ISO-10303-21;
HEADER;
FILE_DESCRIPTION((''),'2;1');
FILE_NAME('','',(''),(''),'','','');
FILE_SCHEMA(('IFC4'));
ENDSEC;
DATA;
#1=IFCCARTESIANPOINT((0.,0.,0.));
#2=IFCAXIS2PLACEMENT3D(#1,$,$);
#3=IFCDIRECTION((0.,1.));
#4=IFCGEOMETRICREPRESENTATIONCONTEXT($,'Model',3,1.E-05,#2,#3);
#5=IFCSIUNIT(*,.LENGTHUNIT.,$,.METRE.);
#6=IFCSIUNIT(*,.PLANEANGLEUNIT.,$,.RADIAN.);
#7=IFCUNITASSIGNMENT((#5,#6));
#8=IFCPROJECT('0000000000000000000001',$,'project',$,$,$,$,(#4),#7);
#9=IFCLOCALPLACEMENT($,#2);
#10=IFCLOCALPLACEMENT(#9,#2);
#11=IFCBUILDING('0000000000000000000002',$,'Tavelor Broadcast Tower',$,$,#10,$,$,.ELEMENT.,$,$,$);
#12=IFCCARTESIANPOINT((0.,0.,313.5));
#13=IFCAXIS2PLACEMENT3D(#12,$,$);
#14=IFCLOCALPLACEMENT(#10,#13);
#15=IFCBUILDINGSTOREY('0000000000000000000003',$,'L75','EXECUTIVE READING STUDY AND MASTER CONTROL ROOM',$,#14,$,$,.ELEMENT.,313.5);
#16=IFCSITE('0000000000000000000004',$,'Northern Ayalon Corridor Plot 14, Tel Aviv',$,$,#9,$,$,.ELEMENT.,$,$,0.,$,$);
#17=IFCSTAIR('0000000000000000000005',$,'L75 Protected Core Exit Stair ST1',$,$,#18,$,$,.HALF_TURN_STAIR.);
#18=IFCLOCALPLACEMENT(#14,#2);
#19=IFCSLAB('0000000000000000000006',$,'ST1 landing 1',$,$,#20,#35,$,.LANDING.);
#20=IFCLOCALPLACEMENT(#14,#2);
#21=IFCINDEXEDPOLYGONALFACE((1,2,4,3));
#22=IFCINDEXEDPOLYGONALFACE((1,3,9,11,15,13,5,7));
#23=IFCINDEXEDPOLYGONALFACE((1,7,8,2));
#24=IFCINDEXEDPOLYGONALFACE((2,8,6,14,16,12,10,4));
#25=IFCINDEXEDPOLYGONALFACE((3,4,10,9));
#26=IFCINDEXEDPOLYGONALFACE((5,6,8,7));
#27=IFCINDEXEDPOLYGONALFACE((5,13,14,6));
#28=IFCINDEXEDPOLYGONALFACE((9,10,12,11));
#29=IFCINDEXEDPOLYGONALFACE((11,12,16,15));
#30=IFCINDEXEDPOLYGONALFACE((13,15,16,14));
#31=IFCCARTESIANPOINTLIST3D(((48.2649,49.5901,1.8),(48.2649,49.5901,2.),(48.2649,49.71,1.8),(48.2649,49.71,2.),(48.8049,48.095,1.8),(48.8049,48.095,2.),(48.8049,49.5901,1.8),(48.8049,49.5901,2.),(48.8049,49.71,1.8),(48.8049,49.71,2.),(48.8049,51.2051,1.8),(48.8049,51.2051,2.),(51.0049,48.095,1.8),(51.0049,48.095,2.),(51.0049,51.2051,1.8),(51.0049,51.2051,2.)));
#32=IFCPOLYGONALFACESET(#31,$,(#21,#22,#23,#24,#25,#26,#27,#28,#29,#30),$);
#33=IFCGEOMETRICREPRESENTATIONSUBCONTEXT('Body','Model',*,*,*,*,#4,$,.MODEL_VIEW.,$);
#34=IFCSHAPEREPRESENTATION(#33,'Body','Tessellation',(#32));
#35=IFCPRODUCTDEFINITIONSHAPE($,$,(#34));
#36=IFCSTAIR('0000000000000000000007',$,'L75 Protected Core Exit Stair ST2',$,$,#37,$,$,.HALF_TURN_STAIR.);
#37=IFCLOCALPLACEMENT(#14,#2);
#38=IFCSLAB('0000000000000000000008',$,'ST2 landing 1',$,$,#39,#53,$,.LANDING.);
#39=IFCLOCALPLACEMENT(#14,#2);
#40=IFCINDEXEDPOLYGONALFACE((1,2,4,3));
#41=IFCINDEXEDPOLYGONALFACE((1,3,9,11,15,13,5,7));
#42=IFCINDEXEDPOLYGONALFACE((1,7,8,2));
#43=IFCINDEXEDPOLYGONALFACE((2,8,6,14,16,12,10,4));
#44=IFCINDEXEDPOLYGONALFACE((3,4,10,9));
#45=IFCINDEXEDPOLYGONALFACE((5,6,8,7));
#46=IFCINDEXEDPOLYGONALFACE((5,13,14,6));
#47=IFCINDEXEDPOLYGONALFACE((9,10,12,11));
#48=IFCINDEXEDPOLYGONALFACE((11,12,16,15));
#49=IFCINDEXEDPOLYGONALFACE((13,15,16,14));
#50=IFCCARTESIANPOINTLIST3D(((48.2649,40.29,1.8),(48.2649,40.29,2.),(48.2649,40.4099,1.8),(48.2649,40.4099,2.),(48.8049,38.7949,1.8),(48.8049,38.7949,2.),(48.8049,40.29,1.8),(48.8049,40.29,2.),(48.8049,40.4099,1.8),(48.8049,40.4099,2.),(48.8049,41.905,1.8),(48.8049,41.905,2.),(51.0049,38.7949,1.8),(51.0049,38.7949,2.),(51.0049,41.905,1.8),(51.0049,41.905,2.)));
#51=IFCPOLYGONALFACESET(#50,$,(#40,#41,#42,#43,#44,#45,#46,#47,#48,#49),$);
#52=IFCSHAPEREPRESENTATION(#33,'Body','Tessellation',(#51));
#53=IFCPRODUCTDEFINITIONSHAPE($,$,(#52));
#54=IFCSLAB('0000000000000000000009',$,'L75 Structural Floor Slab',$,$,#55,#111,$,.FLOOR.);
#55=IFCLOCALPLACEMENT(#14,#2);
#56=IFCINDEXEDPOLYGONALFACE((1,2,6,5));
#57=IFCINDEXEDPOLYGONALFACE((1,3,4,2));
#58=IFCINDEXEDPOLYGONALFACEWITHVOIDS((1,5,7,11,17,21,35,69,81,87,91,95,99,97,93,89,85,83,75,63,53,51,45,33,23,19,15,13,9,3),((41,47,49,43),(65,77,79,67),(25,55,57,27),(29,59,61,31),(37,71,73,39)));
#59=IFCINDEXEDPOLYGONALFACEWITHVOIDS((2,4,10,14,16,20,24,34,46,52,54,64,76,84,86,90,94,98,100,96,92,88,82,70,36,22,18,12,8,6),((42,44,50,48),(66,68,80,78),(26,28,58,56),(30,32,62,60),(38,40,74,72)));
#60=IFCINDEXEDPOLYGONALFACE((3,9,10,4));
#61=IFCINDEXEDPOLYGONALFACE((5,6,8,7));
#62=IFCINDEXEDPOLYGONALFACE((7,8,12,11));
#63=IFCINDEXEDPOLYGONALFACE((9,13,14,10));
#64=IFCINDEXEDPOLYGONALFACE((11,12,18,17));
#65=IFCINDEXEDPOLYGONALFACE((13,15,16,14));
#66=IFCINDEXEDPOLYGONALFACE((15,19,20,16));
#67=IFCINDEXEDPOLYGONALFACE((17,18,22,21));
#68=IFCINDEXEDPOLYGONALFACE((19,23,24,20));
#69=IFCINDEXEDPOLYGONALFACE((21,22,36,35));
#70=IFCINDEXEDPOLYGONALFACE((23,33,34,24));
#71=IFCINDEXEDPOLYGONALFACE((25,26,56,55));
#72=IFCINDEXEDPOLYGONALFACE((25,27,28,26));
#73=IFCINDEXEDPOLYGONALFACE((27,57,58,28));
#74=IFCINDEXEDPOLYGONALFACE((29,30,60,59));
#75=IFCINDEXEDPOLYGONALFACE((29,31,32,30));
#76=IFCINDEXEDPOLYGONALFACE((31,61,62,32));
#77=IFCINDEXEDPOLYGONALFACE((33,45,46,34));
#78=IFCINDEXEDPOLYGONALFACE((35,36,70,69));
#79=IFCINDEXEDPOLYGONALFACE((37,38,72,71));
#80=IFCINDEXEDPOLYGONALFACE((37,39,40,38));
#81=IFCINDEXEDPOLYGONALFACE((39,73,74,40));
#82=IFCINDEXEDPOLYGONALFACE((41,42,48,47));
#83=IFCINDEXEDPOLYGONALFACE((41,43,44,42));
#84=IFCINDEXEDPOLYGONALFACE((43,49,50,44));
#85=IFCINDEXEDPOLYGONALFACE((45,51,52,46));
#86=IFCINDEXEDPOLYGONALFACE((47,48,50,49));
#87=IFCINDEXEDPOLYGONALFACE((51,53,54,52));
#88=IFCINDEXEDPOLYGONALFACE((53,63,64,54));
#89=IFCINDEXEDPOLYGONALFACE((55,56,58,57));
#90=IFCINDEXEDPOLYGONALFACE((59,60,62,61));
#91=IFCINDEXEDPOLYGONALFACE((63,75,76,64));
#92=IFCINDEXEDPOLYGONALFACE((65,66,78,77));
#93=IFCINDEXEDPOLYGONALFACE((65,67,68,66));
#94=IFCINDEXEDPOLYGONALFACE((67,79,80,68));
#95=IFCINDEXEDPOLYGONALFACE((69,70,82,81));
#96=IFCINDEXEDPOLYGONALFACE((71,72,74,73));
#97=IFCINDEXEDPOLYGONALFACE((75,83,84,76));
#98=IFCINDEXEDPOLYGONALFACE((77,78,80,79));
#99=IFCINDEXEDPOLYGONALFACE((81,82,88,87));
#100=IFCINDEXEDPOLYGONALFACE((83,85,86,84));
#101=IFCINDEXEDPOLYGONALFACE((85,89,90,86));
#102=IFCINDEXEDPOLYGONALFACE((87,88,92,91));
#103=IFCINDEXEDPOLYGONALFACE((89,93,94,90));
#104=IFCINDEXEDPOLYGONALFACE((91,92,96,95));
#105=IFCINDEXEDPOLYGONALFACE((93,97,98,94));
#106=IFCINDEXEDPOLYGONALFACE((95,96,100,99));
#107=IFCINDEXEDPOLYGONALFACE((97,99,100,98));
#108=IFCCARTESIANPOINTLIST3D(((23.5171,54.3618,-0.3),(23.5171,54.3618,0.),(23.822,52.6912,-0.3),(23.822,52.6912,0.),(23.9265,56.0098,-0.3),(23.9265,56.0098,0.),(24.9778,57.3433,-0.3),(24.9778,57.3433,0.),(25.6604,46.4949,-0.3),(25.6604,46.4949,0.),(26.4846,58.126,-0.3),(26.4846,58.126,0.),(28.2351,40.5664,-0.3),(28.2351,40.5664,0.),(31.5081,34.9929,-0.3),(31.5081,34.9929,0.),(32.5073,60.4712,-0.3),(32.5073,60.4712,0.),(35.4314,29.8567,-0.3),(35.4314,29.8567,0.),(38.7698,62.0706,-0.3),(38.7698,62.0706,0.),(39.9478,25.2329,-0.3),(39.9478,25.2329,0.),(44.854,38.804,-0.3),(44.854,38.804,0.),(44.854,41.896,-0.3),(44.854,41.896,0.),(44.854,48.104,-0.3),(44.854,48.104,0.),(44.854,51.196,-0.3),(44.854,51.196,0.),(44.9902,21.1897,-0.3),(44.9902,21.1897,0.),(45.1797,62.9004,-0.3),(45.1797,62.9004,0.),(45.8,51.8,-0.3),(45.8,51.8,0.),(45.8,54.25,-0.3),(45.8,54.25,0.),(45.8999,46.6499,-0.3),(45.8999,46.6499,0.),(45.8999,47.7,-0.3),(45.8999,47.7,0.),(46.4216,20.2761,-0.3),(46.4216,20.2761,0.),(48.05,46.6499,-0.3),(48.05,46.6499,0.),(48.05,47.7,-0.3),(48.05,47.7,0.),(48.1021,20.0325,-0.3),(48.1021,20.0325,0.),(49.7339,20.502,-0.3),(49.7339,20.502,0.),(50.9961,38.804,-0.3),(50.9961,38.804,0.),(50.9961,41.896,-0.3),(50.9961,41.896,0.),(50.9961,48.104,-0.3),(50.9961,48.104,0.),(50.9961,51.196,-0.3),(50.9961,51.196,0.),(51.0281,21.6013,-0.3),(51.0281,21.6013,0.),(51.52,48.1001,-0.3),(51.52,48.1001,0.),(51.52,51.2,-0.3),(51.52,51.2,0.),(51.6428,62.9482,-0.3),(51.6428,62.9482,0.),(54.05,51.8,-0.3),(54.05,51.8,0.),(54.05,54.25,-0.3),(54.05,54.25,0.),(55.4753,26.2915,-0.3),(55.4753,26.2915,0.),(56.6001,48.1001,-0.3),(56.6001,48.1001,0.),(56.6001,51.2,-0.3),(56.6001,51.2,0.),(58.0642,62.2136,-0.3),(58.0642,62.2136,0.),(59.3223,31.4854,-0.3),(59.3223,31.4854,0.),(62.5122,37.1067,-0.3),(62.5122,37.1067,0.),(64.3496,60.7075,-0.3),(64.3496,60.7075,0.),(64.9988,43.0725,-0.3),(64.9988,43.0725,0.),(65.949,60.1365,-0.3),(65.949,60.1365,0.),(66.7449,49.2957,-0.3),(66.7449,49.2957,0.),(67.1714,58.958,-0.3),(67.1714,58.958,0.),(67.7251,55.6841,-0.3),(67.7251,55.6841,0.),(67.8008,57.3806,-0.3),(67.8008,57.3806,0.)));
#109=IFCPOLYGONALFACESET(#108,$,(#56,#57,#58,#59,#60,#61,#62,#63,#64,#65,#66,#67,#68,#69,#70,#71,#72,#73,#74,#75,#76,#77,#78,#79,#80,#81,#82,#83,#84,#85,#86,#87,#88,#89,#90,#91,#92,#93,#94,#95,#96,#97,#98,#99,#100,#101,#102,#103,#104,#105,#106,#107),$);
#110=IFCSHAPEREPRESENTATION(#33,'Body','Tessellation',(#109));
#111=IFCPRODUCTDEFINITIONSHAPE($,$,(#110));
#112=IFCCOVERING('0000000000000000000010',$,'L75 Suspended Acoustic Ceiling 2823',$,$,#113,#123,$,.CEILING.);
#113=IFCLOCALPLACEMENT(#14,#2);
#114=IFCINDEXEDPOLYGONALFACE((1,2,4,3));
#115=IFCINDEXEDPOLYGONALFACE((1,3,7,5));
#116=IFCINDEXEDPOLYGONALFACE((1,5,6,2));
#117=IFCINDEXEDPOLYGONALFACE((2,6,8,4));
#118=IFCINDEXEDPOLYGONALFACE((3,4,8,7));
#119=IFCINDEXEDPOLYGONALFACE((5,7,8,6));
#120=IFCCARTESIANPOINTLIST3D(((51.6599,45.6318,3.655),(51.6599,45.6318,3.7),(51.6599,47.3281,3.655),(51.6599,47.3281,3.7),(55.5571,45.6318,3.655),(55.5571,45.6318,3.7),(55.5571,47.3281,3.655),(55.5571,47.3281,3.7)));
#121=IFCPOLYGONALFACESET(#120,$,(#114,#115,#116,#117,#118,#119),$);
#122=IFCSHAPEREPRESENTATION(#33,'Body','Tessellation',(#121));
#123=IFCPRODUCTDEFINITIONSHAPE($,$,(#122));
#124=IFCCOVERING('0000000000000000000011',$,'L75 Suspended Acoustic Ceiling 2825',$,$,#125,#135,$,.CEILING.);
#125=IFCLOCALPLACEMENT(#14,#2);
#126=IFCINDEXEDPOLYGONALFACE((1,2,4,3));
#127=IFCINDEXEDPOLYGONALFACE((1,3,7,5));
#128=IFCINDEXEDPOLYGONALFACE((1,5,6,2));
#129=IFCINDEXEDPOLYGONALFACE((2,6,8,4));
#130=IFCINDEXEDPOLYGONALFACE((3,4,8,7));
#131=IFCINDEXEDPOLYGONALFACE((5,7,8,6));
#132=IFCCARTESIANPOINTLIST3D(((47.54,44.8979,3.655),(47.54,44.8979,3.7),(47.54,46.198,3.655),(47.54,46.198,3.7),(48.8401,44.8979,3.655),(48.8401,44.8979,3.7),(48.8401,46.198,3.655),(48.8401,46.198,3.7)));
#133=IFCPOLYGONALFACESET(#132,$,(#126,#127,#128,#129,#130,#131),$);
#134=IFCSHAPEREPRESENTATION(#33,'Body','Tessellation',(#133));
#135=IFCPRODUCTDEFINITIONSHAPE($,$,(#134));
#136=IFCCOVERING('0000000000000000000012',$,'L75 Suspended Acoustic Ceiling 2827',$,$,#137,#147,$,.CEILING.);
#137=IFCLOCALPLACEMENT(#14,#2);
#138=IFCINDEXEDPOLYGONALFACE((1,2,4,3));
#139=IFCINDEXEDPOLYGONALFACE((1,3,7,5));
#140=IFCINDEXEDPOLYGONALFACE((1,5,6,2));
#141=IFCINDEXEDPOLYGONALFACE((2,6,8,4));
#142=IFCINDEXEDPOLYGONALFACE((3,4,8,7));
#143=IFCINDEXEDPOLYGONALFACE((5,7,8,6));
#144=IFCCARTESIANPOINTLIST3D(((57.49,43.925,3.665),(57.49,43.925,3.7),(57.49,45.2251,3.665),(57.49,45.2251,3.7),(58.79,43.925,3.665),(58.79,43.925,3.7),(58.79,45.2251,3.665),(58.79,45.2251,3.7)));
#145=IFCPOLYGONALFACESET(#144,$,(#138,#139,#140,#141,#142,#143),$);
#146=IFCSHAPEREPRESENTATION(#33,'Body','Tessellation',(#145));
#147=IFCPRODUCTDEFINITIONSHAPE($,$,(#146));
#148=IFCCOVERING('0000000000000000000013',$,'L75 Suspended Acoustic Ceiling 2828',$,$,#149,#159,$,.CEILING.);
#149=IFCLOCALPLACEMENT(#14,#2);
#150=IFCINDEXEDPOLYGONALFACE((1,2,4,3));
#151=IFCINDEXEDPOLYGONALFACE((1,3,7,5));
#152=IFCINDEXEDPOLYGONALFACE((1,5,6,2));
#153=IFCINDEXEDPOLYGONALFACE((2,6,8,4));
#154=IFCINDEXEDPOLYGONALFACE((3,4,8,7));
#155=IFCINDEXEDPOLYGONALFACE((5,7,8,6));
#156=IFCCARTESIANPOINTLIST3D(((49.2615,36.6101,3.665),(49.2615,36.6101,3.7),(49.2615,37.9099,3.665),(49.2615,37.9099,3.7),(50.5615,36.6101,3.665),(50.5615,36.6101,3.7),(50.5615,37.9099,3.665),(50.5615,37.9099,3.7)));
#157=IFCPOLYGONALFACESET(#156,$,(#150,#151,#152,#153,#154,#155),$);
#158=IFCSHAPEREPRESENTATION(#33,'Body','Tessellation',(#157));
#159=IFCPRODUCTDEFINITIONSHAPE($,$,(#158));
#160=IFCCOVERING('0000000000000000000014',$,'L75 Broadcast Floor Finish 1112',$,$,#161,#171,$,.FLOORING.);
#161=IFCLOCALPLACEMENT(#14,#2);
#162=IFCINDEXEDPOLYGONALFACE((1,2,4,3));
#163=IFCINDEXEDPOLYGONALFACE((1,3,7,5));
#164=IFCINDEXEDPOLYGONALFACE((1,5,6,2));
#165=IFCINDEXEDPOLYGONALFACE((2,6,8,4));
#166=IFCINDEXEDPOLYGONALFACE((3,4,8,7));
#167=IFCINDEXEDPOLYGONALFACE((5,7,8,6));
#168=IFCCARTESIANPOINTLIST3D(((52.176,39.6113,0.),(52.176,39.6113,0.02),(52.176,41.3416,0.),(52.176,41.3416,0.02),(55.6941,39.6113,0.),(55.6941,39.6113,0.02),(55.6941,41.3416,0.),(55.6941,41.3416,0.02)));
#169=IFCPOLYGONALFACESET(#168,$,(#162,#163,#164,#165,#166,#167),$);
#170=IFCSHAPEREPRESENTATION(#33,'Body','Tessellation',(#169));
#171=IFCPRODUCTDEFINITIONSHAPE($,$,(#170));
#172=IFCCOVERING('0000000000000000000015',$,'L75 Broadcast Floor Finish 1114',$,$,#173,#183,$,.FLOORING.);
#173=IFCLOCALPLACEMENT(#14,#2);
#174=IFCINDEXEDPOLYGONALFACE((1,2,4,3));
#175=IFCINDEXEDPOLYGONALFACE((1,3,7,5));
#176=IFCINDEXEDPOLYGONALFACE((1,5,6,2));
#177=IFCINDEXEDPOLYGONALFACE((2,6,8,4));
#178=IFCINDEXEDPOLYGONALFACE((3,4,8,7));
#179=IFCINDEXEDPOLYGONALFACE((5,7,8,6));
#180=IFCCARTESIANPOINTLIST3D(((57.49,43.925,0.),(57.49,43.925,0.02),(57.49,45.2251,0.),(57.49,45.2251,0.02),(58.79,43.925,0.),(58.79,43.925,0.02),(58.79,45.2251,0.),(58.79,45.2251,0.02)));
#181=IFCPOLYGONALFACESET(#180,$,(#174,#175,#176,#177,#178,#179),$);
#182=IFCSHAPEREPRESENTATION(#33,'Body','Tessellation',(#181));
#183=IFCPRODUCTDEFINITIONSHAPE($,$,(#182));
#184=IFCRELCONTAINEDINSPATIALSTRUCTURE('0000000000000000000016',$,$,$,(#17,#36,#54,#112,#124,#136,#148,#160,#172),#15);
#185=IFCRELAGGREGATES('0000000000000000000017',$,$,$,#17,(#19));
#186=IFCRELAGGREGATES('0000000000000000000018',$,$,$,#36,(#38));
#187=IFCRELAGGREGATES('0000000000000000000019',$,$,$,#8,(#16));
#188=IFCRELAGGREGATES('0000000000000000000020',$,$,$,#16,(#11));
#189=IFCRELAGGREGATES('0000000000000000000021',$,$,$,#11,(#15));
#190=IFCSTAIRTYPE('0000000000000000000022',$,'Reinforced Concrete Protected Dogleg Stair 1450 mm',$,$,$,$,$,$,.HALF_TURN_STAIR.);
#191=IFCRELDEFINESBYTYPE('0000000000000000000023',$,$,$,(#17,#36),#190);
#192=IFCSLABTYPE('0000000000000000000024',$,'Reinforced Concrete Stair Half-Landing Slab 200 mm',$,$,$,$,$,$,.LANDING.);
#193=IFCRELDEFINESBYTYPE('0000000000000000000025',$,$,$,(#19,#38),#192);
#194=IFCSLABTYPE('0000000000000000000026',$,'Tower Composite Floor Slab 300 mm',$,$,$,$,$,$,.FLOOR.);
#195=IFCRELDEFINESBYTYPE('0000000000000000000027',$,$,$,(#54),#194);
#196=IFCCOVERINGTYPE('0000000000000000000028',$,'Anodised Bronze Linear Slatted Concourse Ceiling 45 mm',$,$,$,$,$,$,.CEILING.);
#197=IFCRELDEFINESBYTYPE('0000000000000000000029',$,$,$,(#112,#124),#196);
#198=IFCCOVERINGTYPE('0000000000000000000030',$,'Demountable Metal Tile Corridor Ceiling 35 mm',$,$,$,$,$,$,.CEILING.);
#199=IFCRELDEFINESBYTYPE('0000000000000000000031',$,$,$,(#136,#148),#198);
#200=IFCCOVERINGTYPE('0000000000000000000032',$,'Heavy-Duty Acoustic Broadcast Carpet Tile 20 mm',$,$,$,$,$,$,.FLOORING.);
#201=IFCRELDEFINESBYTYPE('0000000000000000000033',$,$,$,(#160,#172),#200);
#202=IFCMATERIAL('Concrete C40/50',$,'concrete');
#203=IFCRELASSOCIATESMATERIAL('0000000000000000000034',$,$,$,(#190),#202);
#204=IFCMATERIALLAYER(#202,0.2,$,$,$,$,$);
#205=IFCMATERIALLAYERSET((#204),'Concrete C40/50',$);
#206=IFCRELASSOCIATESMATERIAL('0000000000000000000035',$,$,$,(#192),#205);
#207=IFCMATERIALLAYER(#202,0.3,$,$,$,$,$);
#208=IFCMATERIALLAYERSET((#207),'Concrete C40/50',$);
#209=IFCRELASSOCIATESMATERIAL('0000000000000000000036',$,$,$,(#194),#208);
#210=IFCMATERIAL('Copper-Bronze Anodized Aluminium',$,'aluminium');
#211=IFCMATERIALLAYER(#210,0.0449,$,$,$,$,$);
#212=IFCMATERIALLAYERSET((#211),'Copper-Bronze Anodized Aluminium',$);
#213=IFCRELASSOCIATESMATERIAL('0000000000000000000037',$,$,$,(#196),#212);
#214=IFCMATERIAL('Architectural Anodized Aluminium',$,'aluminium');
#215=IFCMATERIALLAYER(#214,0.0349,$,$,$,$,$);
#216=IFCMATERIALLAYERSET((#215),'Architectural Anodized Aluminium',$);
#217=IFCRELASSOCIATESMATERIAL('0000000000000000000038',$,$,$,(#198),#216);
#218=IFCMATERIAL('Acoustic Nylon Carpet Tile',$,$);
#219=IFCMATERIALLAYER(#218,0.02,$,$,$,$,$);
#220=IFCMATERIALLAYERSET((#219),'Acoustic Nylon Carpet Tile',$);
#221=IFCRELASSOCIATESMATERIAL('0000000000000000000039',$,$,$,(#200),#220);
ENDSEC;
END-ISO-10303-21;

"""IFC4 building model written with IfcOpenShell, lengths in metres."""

from ifc_helpers import new_model, si_unit, direction, frame, origin, place, context, subcontext, project, spatial, polyline, outline, extrude, material, layer, layer_set, type_object, element, aggregate, save


model = new_model("IFC4")

# Units and contexts
model_context = context("Model", 3, precision=1e-05, world=origin(), true_north=direction((0.0, 1.0)))
body_context = subcontext(model_context, "Body", "Model", "MODEL_VIEW")
ifc_project = project(units=[si_unit("LENGTHUNIT", "METRE"), si_unit("PLANEANGLEUNIT", "RADIAN")], contexts=[model_context])

# Site, building, storey
site_placement = place(None, origin())
site = spatial("IfcSite", under=ifc_project, at=site_placement, Name="Northern Ayalon Corridor Plot 14, Tel Aviv", CompositionType="ELEMENT", RefElevation=0.0)
building_placement = place(site_placement, origin())
building = spatial("IfcBuilding", under=site, at=building_placement, Name="Tavelor Broadcast Tower", CompositionType="ELEMENT")
storey_placement = place(building_placement, frame((0.0, 0.0, 313.5)))
storey = spatial("IfcBuildingStorey", under=building, at=storey_placement, Name="L75", Description="EXECUTIVE READING STUDY AND MASTER CONTROL ROOM", CompositionType="ELEMENT", Elevation=313.5)

# Stairs, slabs
ifc_material_1 = material(Name="Concrete C40/50", Category="concrete")
stair_type = type_object("IfcStairType", Name="Reinforced Concrete Protected Dogleg Stair 1450 mm", PredefinedType="HALF_TURN_STAIR", material=ifc_material_1)
stair_1_placement = place(storey_placement, origin())
stair_1 = element("IfcStair", 1, at=stair_1_placement, inside=storey, type_object=stair_type, Name="L75 Protected Core Exit Stair ST1", PredefinedType="HALF_TURN_STAIR")
ifc_layer_1 = layer(ifc_material_1, 0.2)
ifc_layer_set_1 = layer_set([ifc_layer_1], Name="Concrete C40/50")
slab_type_1 = type_object("IfcSlabType", Name="Reinforced Concrete Stair Half-Landing Slab 200 mm", PredefinedType="LANDING", material=ifc_layer_set_1)
slab_1_placement = place(storey_placement, frame((0.0, 0.0, 1.8)))
slab_1 = element("IfcSlab", 2, at=slab_1_placement, type_object=slab_type_1, Name="ST1 landing 1", PredefinedType="LANDING", context=body_context, shape_type="SweptSolid", body=[
    extrude(outline(polyline([(48.8049, 49.5901), (48.8049, 48.095), (51.0049, 48.095), (51.0049, 51.2051), (48.8049, 51.2051), (48.8049, 49.71), (48.2649, 49.71), (48.2649, 49.5901), (48.8049, 49.5901)])), origin(), (0.0, 0.0, 1.0), 0.2),
])
aggregate(stair_1, [slab_1])
stair_2_placement = place(storey_placement, origin())
stair_2 = element("IfcStair", 3, at=stair_2_placement, inside=storey, type_object=stair_type, Name="L75 Protected Core Exit Stair ST2", PredefinedType="HALF_TURN_STAIR")
slab_2_placement = place(storey_placement, frame((0.0, 0.0, 1.8)))
slab_2 = element("IfcSlab", 4, at=slab_2_placement, type_object=slab_type_1, Name="ST2 landing 1", PredefinedType="LANDING", context=body_context, shape_type="SweptSolid", body=[
    extrude(outline(polyline([(48.8049, 40.29), (48.8049, 38.7949), (51.0049, 38.7949), (51.0049, 41.905), (48.8049, 41.905), (48.8049, 40.4099), (48.2649, 40.4099), (48.2649, 40.29), (48.8049, 40.29)])), origin(), (0.0, 0.0, 1.0), 0.2),
])
aggregate(stair_2, [slab_2])

# Slab
ifc_layer_2 = layer(ifc_material_1, 0.3)
ifc_layer_set_2 = layer_set([ifc_layer_2], Name="Concrete C40/50")
slab_type_2 = type_object("IfcSlabType", Name="Tower Composite Floor Slab 300 mm", PredefinedType="FLOOR", material=ifc_layer_set_2)
slab_3_placement = place(storey_placement, frame((0.0, 0.0, -0.3)))
element("IfcSlab", 5, at=slab_3_placement, inside=storey, type_object=slab_type_2, Name="L75 Structural Floor Slab", PredefinedType="FLOOR", context=body_context, shape_type="SweptSolid", body=[
    extrude(outline(polyline([(26.4846, 58.126), (24.9778, 57.3433), (23.9265, 56.0098), (23.5171, 54.3618), (23.822, 52.6912), (25.6604, 46.4949), (28.2351, 40.5664), (31.5081, 34.9929), (35.4314, 29.8567), (39.9478, 25.2329), (44.9902, 21.1897), (46.4216, 20.2761), (48.1021, 20.0325), (49.7339, 20.502), (51.0281, 21.6013), (55.4753, 26.2915), (59.3223, 31.4854), (62.5122, 37.1067), (64.9988, 43.0725), (66.7449, 49.2957), (67.7251, 55.6841), (67.8008, 57.3806), (67.1714, 58.958), (65.949, 60.1365), (64.3496, 60.7075), (58.0642, 62.2136), (51.6428, 62.9482), (45.1797, 62.9004), (38.7698, 62.0706), (32.5073, 60.4712), (26.4846, 58.126)]), holes=[polyline([(50.9961, 41.896), (50.9961, 38.804), (44.854, 38.804), (44.854, 41.896), (50.9961, 41.896)]), polyline([(48.05, 47.7), (48.05, 46.6499), (45.8999, 46.6499), (45.8999, 47.7), (48.05, 47.7)]), polyline([(50.9961, 51.196), (50.9961, 48.104), (44.854, 48.104), (44.854, 51.196), (50.9961, 51.196)]), polyline([(56.6001, 48.1001), (51.52, 48.1001), (51.52, 51.2), (56.6001, 51.2), (56.6001, 48.1001)]), polyline([(54.05, 51.8), (45.8, 51.8), (45.8, 54.25), (54.05, 54.25), (54.05, 51.8)])]), origin(), (0.0, 0.0, 1.0), 0.3),
])

# Coverings
ifc_material_2 = material(Name="Copper-Bronze Anodized Aluminium", Category="aluminium")
ifc_layer_3 = layer(ifc_material_2, 0.0449)
ifc_layer_set_3 = layer_set([ifc_layer_3], Name="Copper-Bronze Anodized Aluminium")
covering_type_1 = type_object("IfcCoveringType", Name="Anodised Bronze Linear Slatted Concourse Ceiling 45 mm", PredefinedType="CEILING", material=ifc_layer_set_3)
covering_1_placement = place(storey_placement, frame((0.0, 0.0, 3.655)))
element("IfcCovering", 6, at=covering_1_placement, inside=storey, type_object=covering_type_1, Name="L75 Suspended Acoustic Ceiling 2823", PredefinedType="CEILING", context=body_context, shape_type="SweptSolid", body=[
    extrude(outline(polyline([(51.6599, 45.6318), (55.5571, 45.6318), (55.5571, 47.3281), (51.6599, 47.3281), (51.6599, 45.6318)])), origin(), (0.0, 0.0, 1.0), 0.0449),
])
covering_2_placement = place(storey_placement, frame((0.0, 0.0, 3.655)))
element("IfcCovering", 7, at=covering_2_placement, inside=storey, type_object=covering_type_1, Name="L75 Suspended Acoustic Ceiling 2825", PredefinedType="CEILING", context=body_context, shape_type="SweptSolid", body=[
    extrude(outline(polyline([(47.54, 44.8979), (48.8401, 44.8979), (48.8401, 46.198), (47.54, 46.198), (47.54, 44.8979)])), origin(), (0.0, 0.0, 1.0), 0.0449),
])
ifc_material_3 = material(Name="Architectural Anodized Aluminium", Category="aluminium")
ifc_layer_4 = layer(ifc_material_3, 0.0349)
ifc_layer_set_4 = layer_set([ifc_layer_4], Name="Architectural Anodized Aluminium")
covering_type_2 = type_object("IfcCoveringType", Name="Demountable Metal Tile Corridor Ceiling 35 mm", PredefinedType="CEILING", material=ifc_layer_set_4)
covering_3_placement = place(storey_placement, frame((0.0, 0.0, 3.665)))
element("IfcCovering", 8, at=covering_3_placement, inside=storey, type_object=covering_type_2, Name="L75 Suspended Acoustic Ceiling 2827", PredefinedType="CEILING", context=body_context, shape_type="SweptSolid", body=[
    extrude(outline(polyline([(57.49, 43.925), (58.79, 43.925), (58.79, 45.2251), (57.49, 45.2251), (57.49, 43.925)])), origin(), (0.0, 0.0, 1.0), 0.0349),
])
covering_4_placement = place(storey_placement, frame((0.0, 0.0, 3.665)))
element("IfcCovering", 9, at=covering_4_placement, inside=storey, type_object=covering_type_2, Name="L75 Suspended Acoustic Ceiling 2828", PredefinedType="CEILING", context=body_context, shape_type="SweptSolid", body=[
    extrude(outline(polyline([(49.2615, 36.6101), (50.5615, 36.6101), (50.5615, 37.9099), (49.2615, 37.9099), (49.2615, 36.6101)])), origin(), (0.0, 0.0, 1.0), 0.0349),
])
ifc_material_4 = material(Name="Acoustic Nylon Carpet Tile")
ifc_layer_5 = layer(ifc_material_4, 0.02)
ifc_layer_set_5 = layer_set([ifc_layer_5], Name="Acoustic Nylon Carpet Tile")
covering_type_3 = type_object("IfcCoveringType", Name="Heavy-Duty Acoustic Broadcast Carpet Tile 20 mm", PredefinedType="FLOORING", material=ifc_layer_set_5)
covering_5_placement = place(storey_placement, origin())
element("IfcCovering", 10, at=covering_5_placement, inside=storey, type_object=covering_type_3, Name="L75 Broadcast Floor Finish 1112", PredefinedType="FLOORING", context=body_context, shape_type="SweptSolid", body=[
    extrude(outline(polyline([(52.176, 39.6113), (55.6941, 39.6113), (55.6941, 41.3416), (52.176, 41.3416), (52.176, 39.6113)])), origin(), (0.0, 0.0, 1.0), 0.02),
])
covering_6_placement = place(storey_placement, origin())
element("IfcCovering", 11, at=covering_6_placement, inside=storey, type_object=covering_type_3, Name="L75 Broadcast Floor Finish 1114", PredefinedType="FLOORING", context=body_context, shape_type="SweptSolid", body=[
    extrude(outline(polyline([(57.49, 43.925), (58.79, 43.925), (58.79, 45.2251), (57.49, 45.2251), (57.49, 43.925)])), origin(), (0.0, 0.0, 1.0), 0.02),
])

save(model, "model.ifc")
